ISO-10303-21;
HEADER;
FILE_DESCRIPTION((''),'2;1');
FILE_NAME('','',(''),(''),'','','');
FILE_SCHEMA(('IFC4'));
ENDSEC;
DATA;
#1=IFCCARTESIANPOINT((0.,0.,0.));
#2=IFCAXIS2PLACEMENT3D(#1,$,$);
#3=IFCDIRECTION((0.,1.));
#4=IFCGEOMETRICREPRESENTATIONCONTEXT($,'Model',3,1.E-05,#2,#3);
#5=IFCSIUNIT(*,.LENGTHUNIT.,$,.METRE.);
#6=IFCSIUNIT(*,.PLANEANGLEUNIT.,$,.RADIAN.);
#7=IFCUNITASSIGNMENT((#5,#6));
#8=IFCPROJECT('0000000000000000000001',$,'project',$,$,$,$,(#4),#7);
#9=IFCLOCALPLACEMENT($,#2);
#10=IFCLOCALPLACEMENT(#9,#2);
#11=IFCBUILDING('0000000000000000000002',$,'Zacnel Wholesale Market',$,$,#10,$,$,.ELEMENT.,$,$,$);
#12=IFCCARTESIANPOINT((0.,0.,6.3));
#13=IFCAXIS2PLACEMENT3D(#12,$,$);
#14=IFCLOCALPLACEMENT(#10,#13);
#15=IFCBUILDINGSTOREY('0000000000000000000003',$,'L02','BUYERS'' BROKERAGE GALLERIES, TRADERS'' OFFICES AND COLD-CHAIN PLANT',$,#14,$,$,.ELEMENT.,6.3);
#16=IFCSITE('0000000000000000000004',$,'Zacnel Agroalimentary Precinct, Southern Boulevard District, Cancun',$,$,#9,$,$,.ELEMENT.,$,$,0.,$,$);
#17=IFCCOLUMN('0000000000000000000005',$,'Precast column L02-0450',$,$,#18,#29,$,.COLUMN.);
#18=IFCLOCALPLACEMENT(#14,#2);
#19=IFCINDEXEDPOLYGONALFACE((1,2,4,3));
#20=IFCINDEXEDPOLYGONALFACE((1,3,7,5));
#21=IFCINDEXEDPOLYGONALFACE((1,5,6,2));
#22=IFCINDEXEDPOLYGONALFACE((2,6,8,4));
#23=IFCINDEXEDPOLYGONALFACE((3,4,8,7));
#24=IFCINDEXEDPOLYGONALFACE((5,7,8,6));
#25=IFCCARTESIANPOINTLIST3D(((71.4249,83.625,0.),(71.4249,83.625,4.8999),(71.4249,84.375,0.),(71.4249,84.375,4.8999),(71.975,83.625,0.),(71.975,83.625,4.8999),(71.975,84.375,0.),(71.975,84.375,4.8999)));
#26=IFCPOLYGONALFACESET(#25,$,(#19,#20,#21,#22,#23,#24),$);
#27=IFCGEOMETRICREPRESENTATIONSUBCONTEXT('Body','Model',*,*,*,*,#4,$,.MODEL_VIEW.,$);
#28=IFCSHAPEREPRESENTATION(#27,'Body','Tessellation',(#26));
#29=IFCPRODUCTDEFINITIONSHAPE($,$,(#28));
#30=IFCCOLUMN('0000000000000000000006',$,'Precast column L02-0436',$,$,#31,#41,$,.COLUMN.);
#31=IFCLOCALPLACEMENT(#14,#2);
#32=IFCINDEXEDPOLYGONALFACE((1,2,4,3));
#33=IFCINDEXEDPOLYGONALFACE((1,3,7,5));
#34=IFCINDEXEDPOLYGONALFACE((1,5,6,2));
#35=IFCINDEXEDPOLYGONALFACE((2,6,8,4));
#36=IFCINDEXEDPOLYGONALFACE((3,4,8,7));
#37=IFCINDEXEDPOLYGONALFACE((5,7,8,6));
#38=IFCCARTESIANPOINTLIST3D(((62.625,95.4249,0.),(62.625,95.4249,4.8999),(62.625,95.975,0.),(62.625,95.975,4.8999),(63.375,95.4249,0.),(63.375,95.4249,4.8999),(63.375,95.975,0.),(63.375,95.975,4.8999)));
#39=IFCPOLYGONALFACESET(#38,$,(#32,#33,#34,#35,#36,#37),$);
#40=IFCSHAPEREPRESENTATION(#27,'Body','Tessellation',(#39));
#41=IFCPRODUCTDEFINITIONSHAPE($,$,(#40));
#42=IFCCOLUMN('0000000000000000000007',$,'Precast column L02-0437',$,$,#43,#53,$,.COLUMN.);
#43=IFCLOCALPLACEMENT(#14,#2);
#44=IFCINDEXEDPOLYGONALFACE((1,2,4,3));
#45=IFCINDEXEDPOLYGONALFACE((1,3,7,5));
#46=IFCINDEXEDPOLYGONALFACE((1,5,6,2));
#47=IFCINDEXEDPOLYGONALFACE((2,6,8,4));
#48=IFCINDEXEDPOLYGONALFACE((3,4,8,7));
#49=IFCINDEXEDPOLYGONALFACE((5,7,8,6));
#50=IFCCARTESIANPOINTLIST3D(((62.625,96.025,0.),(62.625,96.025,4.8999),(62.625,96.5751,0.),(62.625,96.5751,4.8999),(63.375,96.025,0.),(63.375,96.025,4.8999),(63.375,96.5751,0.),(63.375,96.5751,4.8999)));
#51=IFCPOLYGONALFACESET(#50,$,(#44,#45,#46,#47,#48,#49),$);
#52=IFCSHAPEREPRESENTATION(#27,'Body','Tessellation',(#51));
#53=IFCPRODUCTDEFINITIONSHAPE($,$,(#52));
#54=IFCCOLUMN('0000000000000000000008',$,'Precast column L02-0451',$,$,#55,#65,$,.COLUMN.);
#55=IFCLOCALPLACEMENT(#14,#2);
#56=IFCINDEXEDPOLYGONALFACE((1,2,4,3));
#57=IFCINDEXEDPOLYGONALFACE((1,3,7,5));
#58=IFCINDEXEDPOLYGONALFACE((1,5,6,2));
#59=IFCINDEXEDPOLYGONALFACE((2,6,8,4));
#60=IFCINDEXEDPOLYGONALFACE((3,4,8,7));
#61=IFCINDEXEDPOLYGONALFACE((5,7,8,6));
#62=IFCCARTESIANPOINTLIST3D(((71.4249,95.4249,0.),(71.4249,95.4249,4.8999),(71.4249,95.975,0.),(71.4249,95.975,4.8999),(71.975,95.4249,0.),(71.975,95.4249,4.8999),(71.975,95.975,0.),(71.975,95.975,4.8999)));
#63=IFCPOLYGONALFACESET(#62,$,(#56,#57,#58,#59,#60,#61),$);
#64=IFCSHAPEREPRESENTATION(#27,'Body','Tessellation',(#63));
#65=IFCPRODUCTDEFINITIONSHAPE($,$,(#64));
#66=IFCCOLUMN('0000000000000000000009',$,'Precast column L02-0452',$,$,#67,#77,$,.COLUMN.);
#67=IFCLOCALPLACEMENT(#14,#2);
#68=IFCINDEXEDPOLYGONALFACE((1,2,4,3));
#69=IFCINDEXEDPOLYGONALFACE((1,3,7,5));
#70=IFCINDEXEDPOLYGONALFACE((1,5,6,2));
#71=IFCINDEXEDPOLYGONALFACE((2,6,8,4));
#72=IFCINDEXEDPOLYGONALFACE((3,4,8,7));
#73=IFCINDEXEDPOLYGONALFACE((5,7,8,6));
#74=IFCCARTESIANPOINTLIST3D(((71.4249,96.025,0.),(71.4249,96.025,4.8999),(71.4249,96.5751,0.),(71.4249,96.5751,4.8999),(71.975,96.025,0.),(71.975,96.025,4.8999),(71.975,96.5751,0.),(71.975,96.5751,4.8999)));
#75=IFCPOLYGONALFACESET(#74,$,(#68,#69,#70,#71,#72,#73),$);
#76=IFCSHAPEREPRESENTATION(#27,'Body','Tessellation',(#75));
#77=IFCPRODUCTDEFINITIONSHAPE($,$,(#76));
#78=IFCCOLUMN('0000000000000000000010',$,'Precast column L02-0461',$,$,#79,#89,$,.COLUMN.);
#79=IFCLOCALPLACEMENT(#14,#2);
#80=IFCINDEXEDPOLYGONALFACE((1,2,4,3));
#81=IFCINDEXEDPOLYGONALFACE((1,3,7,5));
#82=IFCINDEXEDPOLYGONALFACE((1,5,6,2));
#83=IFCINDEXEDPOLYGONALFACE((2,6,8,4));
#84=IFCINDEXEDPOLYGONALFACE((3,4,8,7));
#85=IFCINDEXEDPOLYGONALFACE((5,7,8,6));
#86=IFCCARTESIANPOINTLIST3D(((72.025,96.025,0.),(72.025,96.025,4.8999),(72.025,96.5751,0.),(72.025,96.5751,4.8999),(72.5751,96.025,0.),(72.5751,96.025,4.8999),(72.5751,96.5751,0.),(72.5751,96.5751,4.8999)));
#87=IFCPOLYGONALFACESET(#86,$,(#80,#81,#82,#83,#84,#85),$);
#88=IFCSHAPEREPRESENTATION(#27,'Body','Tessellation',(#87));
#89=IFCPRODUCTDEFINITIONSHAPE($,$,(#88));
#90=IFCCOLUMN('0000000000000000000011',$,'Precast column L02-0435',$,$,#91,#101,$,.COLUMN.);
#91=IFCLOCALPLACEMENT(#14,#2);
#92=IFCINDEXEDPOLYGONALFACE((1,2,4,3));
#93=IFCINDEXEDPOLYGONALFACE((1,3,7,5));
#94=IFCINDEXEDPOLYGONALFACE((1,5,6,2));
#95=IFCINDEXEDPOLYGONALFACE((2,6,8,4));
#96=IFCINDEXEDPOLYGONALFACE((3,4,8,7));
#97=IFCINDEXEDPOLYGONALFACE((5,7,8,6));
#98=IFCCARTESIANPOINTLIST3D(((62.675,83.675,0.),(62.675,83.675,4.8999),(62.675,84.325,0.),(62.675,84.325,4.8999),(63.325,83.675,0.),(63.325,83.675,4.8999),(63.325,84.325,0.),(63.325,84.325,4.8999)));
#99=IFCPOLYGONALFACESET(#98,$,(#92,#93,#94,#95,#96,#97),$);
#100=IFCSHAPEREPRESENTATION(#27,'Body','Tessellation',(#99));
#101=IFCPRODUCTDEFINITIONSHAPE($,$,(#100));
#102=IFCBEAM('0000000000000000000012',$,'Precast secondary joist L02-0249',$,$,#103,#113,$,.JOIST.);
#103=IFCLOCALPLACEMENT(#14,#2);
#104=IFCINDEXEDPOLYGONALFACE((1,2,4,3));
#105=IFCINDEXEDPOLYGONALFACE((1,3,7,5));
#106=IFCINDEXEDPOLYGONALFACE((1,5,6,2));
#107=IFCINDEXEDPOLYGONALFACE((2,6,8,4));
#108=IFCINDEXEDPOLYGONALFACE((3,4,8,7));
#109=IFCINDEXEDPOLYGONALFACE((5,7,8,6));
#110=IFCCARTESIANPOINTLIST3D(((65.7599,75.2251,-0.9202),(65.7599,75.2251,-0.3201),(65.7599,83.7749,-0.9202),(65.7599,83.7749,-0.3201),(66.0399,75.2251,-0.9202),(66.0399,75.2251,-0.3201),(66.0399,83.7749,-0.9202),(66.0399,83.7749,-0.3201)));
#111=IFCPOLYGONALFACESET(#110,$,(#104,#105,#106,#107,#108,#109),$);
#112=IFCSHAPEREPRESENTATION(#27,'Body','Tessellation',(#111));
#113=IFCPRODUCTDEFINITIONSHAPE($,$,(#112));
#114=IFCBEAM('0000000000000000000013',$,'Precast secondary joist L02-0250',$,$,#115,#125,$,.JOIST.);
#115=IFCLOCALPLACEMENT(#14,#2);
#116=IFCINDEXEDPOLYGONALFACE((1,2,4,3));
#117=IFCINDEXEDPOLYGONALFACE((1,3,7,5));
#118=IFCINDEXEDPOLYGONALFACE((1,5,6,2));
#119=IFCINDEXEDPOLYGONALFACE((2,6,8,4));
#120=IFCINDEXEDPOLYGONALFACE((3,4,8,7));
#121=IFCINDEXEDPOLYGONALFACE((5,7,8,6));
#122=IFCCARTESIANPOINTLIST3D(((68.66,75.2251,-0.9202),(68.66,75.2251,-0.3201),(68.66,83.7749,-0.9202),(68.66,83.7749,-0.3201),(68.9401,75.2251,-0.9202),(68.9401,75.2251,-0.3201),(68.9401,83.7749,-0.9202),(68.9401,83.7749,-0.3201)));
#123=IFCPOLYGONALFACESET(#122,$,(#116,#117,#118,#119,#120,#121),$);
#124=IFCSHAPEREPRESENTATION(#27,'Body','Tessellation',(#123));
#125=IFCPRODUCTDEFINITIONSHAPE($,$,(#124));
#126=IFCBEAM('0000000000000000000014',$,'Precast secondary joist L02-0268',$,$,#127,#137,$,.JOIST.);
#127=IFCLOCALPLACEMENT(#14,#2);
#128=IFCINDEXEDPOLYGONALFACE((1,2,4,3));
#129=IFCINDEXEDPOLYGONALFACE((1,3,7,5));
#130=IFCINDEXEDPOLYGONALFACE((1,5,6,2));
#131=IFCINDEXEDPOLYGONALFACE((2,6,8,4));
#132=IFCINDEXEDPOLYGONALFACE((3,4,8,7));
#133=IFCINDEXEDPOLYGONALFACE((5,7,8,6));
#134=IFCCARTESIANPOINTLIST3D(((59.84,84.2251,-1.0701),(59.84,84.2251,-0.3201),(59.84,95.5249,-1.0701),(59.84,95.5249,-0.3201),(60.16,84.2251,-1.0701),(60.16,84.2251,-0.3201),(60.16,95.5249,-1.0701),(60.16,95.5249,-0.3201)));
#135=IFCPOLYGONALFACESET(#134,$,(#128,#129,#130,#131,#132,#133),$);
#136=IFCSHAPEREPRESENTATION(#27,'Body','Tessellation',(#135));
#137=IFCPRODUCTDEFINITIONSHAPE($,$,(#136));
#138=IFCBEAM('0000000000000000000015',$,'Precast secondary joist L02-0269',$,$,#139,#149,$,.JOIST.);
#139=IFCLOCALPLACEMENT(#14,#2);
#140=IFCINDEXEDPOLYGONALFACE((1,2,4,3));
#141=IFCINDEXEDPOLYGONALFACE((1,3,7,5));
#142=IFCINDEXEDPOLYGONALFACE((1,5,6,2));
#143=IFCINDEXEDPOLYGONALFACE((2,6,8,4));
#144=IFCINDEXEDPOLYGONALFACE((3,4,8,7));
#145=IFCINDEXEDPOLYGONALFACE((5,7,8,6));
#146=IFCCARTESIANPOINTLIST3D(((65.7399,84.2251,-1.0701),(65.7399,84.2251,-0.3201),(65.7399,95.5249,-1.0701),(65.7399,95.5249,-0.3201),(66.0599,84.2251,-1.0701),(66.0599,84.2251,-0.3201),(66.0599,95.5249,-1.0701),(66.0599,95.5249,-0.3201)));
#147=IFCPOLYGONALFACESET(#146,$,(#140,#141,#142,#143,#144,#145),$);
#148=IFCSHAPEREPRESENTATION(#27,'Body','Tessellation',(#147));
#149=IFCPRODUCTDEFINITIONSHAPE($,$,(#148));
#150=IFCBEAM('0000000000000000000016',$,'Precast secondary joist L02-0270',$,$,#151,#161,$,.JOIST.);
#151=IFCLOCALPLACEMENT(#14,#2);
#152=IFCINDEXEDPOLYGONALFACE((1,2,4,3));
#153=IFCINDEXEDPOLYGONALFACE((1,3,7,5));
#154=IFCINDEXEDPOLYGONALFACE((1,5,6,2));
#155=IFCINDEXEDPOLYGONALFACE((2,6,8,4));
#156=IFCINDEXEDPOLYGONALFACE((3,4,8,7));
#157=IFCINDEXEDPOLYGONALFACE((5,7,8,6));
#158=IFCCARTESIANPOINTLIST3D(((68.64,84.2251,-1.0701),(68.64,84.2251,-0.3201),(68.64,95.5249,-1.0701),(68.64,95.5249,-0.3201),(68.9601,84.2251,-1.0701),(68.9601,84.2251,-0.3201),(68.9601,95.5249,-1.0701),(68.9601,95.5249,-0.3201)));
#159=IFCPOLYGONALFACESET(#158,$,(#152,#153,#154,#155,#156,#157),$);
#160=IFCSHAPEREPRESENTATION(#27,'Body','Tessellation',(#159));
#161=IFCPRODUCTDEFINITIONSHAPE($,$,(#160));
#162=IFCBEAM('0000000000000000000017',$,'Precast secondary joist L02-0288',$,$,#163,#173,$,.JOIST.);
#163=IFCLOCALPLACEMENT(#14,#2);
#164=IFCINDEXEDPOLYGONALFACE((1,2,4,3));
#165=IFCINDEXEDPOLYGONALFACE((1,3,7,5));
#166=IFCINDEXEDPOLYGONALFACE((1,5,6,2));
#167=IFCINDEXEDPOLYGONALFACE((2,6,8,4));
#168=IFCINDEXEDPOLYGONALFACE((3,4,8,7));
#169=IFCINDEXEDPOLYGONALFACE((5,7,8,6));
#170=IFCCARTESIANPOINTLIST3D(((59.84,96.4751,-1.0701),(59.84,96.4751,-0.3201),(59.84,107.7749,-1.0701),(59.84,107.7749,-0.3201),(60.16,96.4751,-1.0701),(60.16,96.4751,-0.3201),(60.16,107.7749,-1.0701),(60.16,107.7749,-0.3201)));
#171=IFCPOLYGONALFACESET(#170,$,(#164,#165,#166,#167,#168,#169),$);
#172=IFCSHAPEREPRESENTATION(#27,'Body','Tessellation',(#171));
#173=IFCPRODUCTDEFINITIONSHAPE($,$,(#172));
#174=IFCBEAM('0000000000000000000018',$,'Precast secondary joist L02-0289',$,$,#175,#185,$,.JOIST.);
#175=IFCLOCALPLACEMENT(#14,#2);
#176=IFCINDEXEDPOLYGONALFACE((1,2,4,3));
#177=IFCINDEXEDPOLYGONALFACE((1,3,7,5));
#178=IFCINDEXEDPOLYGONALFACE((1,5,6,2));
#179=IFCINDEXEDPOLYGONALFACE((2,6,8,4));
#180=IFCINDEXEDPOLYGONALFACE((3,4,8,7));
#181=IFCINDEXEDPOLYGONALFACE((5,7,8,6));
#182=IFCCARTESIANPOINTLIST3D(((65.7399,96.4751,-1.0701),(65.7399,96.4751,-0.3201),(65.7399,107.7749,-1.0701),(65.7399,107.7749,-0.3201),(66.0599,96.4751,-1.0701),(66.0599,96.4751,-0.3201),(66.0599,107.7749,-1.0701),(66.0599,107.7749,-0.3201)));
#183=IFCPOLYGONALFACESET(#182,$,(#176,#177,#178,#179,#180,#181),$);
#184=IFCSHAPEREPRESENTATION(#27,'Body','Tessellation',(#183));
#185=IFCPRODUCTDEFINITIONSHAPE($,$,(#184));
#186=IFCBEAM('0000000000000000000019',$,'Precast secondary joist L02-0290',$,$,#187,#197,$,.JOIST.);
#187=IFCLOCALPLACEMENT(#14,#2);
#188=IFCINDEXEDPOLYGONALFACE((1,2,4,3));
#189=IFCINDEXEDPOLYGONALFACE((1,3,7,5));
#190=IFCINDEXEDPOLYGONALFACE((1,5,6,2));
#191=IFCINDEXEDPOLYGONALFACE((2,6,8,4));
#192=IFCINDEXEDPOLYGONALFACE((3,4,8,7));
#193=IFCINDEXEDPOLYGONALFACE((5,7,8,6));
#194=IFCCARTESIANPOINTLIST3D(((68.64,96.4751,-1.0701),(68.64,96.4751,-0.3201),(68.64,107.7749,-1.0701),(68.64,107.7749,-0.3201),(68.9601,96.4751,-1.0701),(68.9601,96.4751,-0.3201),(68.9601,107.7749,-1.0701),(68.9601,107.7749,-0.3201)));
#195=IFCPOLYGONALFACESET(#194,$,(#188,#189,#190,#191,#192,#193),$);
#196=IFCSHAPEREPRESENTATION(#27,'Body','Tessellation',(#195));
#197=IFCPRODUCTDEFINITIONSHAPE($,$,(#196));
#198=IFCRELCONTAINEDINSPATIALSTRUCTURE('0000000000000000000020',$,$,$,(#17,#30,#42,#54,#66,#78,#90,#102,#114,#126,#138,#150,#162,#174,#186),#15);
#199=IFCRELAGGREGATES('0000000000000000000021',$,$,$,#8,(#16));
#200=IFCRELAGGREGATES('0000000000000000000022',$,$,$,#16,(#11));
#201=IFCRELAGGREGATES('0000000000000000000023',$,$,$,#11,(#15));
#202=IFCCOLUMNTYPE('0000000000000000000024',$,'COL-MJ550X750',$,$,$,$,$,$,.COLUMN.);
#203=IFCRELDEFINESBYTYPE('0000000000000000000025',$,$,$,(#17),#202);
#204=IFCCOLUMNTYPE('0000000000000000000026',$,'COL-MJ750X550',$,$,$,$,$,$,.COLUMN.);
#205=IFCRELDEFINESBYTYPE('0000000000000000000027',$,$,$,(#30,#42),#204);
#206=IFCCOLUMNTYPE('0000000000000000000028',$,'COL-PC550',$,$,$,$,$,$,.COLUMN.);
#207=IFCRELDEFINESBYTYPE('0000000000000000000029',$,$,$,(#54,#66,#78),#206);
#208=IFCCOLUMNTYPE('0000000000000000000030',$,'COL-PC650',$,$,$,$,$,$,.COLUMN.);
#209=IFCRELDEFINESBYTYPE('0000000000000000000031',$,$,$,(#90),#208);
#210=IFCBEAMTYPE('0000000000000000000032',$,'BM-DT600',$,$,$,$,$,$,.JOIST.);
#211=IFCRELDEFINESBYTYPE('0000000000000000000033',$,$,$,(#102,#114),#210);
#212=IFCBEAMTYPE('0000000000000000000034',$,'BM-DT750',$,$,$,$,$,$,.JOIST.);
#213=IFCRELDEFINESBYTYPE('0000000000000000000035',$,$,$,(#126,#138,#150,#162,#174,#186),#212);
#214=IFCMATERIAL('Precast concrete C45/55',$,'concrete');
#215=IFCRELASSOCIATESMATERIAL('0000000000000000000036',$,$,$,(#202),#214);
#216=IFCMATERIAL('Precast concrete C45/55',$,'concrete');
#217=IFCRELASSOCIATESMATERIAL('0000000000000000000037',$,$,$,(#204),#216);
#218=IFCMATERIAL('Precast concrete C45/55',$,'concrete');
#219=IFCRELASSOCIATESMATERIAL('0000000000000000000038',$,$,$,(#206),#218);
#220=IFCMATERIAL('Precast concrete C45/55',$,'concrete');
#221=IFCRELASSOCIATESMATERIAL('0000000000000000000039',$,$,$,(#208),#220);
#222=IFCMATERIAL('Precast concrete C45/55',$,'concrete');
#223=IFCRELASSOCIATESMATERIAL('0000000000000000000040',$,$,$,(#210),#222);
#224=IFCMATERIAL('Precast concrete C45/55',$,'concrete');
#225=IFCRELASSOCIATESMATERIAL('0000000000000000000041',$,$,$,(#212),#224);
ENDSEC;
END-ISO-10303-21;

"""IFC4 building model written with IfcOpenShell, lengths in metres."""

from ifc_helpers import new_model, si_unit, direction, frame, origin, origin_2d, place, context, subcontext, project, spatial, rectangle, extrude, material, material_profile, profile_set, type_object, element, save


model = new_model("IFC4")

# Units and contexts
model_context = context("Model", 3, precision=1e-05, world=origin(), true_north=direction((0.0, 1.0)))
body_context = subcontext(model_context, "Body", "Model", "MODEL_VIEW")
ifc_project = project(units=[si_unit("LENGTHUNIT", "METRE"), si_unit("PLANEANGLEUNIT", "RADIAN")], contexts=[model_context])

# Site, building, storey
site_placement = place(None, origin())
site = spatial("IfcSite", under=ifc_project, at=site_placement, Name="Zacnel Agroalimentary Precinct, Southern Boulevard District, Cancun", CompositionType="ELEMENT", RefElevation=0.0)
building_placement = place(site_placement, origin())
building = spatial("IfcBuilding", under=site, at=building_placement, Name="Zacnel Wholesale Market", CompositionType="ELEMENT")
storey_placement = place(building_placement, frame((0.0, 0.0, 6.3)))
storey = spatial("IfcBuildingStorey", under=building, at=storey_placement, Name="L02", Description="BUYERS' BROKERAGE GALLERIES, TRADERS' OFFICES AND COLD-CHAIN PLANT", CompositionType="ELEMENT", Elevation=6.3)

# Columns
ifc_material_1 = material(Name="Precast concrete C45/55", Category="concrete")
ifc_material_profile_1 = material_profile(ifc_material_1, rectangle(XDim=0.55, YDim=0.75, at=origin_2d()), Name="PC 550x750")
ifc_profile_set_1 = profile_set([ifc_material_profile_1], Name="Precast concrete C45/55")
column_type_1 = type_object("IfcColumnType", Name="COL-MJ550X750", PredefinedType="COLUMN", material=ifc_profile_set_1)
column_1_placement = place(storey_placement, frame((71.7, 84.0, 0.0), z_axis=(0.0, 0.0, 1.0), x_axis=(1.0, 0.0, 0.0)))
element("IfcColumn", 1, at=column_1_placement, inside=storey, type_object=column_type_1, Name="Precast column L02-0450", PredefinedType="COLUMN", context=body_context, shape_type="SweptSolid", body=[
    extrude(rectangle(XDim=0.55, YDim=0.75, at=origin_2d()), origin(), (0.0, 0.0, 1.0), 4.8999),
])
ifc_material_2 = material(Name="Precast concrete C45/55", Category="concrete")
ifc_material_profile_2 = material_profile(ifc_material_2, rectangle(XDim=0.75, YDim=0.55, at=origin_2d()), Name="PC 750x550")
ifc_profile_set_2 = profile_set([ifc_material_profile_2], Name="Precast concrete C45/55")
column_type_2 = type_object("IfcColumnType", Name="COL-MJ750X550", PredefinedType="COLUMN", material=ifc_profile_set_2)
for number, where, z_axis, x_axis, name in (
    (2, (63.0, 95.7, 0.0), (0.0, 0.0, 1.0), (1.0, 0.0, 0.0), "Precast column L02-0436"),
    (3, (63.0, 96.3, 0.0), (0.0, 0.0, 1.0), (1.0, 0.0, 0.0), "Precast column L02-0437"),
):
    element("IfcColumn", number, at=place(storey_placement, frame(where, z_axis=z_axis, x_axis=x_axis)), inside=storey, type_object=column_type_2, Name=name, PredefinedType="COLUMN", context=body_context, shape_type="SweptSolid", body=[
        extrude(rectangle(XDim=0.75, YDim=0.55, at=origin_2d()), origin(), (0.0, 0.0, 1.0), 4.8999),
    ])
ifc_material_3 = material(Name="Precast concrete C45/55", Category="concrete")
ifc_material_profile_3 = material_profile(ifc_material_3, rectangle(XDim=0.55, YDim=0.55, at=origin_2d()), Name="PC 550x550")
ifc_profile_set_3 = profile_set([ifc_material_profile_3], Name="Precast concrete C45/55")
column_type_3 = type_object("IfcColumnType", Name="COL-PC550", PredefinedType="COLUMN", material=ifc_profile_set_3)
for number, where, z_axis, x_axis, name in (
    (4, (71.7, 95.7, 0.0), (0.0, 0.0, 1.0), (1.0, 0.0, 0.0), "Precast column L02-0451"),
    (5, (71.7, 96.3, 0.0), (0.0, 0.0, 1.0), (1.0, 0.0, 0.0), "Precast column L02-0452"),
    (6, (72.3, 96.3, 0.0), (0.0, 0.0, 1.0), (1.0, 0.0, 0.0), "Precast column L02-0461"),
):
    element("IfcColumn", number, at=place(storey_placement, frame(where, z_axis=z_axis, x_axis=x_axis)), inside=storey, type_object=column_type_3, Name=name, PredefinedType="COLUMN", context=body_context, shape_type="SweptSolid", body=[
        extrude(rectangle(XDim=0.55, YDim=0.55, at=origin_2d()), origin(), (0.0, 0.0, 1.0), 4.8999),
    ])
ifc_material_4 = material(Name="Precast concrete C45/55", Category="concrete")
ifc_material_profile_4 = material_profile(ifc_material_4, rectangle(XDim=0.6499, YDim=0.6499, at=origin_2d()), Name="PC 650x650")
ifc_profile_set_4 = profile_set([ifc_material_profile_4], Name="Precast concrete C45/55")
column_type_4 = type_object("IfcColumnType", Name="COL-PC650", PredefinedType="COLUMN", material=ifc_profile_set_4)
column_2_placement = place(storey_placement, frame((63.0, 84.0, 0.0), z_axis=(0.0, 0.0, 1.0), x_axis=(1.0, 0.0, 0.0)))
element("IfcColumn", 7, at=column_2_placement, inside=storey, type_object=column_type_4, Name="Precast column L02-0435", PredefinedType="COLUMN", context=body_context, shape_type="SweptSolid", body=[
    extrude(rectangle(XDim=0.6499, YDim=0.6499, at=origin_2d()), origin(), (0.0, 0.0, 1.0), 4.8999),
])

# Beams
ifc_material_5 = material(Name="Precast concrete C45/55", Category="concrete")
ifc_material_profile_5 = material_profile(ifc_material_5, rectangle(XDim=0.28, YDim=0.6001, at=origin_2d()), Name="DT RIB 280x600")
ifc_profile_set_5 = profile_set([ifc_material_profile_5], Name="Precast concrete C45/55")
beam_type_1 = type_object("IfcBeamType", Name="BM-DT600", PredefinedType="JOIST", material=ifc_profile_set_5)
for number, where, z_axis, x_axis, name in (
    (8, (65.8999, 75.2251, -0.6201), (0.0, 1.0, 0.0), (-1.0, 0.0, 0.0), "Precast secondary joist L02-0249"),
    (9, (68.8, 75.2251, -0.6201), (0.0, 1.0, 0.0), (-1.0, 0.0, 0.0), "Precast secondary joist L02-0250"),
):
    element("IfcBeam", number, at=place(storey_placement, frame(where, z_axis=z_axis, x_axis=x_axis)), inside=storey, type_object=beam_type_1, Name=name, PredefinedType="JOIST", context=body_context, shape_type="SweptSolid", body=[
        extrude(rectangle(XDim=0.28, YDim=0.6001, at=origin_2d()), origin(), (0.0, 0.0, 1.0), 8.5498),
    ])
ifc_material_6 = material(Name="Precast concrete C45/55", Category="concrete")
ifc_material_profile_6 = material_profile(ifc_material_6, rectangle(XDim=0.3201, YDim=0.75, at=origin_2d()), Name="DT RIB 320x750")
ifc_profile_set_6 = profile_set([ifc_material_profile_6], Name="Precast concrete C45/55")
beam_type_2 = type_object("IfcBeamType", Name="BM-DT750", PredefinedType="JOIST", material=ifc_profile_set_6)
for number, where, z_axis, x_axis, name in (
    (10, (60.0, 84.2251, -0.6951), (0.0, 1.0, 0.0), (-1.0, 0.0, 0.0), "Precast secondary joist L02-0268"),
    (11, (65.8999, 84.2251, -0.6951), (0.0, 1.0, 0.0), (-1.0, 0.0, 0.0), "Precast secondary joist L02-0269"),
    (12, (68.8, 84.2251, -0.6951), (0.0, 1.0, 0.0), (-1.0, 0.0, 0.0), "Precast secondary joist L02-0270"),
    (13, (60.0, 96.4751, -0.6951), (0.0, 1.0, 0.0), (-1.0, 0.0, 0.0), "Precast secondary joist L02-0288"),
    (14, (65.8999, 96.4751, -0.6951), (0.0, 1.0, 0.0), (-1.0, 0.0, 0.0), "Precast secondary joist L02-0289"),
    (15, (68.8, 96.4751, -0.6951), (0.0, 1.0, 0.0), (-1.0, 0.0, 0.0), "Precast secondary joist L02-0290"),
):
    element("IfcBeam", number, at=place(storey_placement, frame(where, z_axis=z_axis, x_axis=x_axis)), inside=storey, type_object=beam_type_2, Name=name, PredefinedType="JOIST", context=body_context, shape_type="SweptSolid", body=[
        extrude(rectangle(XDim=0.3201, YDim=0.75, at=origin_2d()), origin(), (0.0, 0.0, 1.0), 11.2998),
    ])

save(model, "model.ifc")
